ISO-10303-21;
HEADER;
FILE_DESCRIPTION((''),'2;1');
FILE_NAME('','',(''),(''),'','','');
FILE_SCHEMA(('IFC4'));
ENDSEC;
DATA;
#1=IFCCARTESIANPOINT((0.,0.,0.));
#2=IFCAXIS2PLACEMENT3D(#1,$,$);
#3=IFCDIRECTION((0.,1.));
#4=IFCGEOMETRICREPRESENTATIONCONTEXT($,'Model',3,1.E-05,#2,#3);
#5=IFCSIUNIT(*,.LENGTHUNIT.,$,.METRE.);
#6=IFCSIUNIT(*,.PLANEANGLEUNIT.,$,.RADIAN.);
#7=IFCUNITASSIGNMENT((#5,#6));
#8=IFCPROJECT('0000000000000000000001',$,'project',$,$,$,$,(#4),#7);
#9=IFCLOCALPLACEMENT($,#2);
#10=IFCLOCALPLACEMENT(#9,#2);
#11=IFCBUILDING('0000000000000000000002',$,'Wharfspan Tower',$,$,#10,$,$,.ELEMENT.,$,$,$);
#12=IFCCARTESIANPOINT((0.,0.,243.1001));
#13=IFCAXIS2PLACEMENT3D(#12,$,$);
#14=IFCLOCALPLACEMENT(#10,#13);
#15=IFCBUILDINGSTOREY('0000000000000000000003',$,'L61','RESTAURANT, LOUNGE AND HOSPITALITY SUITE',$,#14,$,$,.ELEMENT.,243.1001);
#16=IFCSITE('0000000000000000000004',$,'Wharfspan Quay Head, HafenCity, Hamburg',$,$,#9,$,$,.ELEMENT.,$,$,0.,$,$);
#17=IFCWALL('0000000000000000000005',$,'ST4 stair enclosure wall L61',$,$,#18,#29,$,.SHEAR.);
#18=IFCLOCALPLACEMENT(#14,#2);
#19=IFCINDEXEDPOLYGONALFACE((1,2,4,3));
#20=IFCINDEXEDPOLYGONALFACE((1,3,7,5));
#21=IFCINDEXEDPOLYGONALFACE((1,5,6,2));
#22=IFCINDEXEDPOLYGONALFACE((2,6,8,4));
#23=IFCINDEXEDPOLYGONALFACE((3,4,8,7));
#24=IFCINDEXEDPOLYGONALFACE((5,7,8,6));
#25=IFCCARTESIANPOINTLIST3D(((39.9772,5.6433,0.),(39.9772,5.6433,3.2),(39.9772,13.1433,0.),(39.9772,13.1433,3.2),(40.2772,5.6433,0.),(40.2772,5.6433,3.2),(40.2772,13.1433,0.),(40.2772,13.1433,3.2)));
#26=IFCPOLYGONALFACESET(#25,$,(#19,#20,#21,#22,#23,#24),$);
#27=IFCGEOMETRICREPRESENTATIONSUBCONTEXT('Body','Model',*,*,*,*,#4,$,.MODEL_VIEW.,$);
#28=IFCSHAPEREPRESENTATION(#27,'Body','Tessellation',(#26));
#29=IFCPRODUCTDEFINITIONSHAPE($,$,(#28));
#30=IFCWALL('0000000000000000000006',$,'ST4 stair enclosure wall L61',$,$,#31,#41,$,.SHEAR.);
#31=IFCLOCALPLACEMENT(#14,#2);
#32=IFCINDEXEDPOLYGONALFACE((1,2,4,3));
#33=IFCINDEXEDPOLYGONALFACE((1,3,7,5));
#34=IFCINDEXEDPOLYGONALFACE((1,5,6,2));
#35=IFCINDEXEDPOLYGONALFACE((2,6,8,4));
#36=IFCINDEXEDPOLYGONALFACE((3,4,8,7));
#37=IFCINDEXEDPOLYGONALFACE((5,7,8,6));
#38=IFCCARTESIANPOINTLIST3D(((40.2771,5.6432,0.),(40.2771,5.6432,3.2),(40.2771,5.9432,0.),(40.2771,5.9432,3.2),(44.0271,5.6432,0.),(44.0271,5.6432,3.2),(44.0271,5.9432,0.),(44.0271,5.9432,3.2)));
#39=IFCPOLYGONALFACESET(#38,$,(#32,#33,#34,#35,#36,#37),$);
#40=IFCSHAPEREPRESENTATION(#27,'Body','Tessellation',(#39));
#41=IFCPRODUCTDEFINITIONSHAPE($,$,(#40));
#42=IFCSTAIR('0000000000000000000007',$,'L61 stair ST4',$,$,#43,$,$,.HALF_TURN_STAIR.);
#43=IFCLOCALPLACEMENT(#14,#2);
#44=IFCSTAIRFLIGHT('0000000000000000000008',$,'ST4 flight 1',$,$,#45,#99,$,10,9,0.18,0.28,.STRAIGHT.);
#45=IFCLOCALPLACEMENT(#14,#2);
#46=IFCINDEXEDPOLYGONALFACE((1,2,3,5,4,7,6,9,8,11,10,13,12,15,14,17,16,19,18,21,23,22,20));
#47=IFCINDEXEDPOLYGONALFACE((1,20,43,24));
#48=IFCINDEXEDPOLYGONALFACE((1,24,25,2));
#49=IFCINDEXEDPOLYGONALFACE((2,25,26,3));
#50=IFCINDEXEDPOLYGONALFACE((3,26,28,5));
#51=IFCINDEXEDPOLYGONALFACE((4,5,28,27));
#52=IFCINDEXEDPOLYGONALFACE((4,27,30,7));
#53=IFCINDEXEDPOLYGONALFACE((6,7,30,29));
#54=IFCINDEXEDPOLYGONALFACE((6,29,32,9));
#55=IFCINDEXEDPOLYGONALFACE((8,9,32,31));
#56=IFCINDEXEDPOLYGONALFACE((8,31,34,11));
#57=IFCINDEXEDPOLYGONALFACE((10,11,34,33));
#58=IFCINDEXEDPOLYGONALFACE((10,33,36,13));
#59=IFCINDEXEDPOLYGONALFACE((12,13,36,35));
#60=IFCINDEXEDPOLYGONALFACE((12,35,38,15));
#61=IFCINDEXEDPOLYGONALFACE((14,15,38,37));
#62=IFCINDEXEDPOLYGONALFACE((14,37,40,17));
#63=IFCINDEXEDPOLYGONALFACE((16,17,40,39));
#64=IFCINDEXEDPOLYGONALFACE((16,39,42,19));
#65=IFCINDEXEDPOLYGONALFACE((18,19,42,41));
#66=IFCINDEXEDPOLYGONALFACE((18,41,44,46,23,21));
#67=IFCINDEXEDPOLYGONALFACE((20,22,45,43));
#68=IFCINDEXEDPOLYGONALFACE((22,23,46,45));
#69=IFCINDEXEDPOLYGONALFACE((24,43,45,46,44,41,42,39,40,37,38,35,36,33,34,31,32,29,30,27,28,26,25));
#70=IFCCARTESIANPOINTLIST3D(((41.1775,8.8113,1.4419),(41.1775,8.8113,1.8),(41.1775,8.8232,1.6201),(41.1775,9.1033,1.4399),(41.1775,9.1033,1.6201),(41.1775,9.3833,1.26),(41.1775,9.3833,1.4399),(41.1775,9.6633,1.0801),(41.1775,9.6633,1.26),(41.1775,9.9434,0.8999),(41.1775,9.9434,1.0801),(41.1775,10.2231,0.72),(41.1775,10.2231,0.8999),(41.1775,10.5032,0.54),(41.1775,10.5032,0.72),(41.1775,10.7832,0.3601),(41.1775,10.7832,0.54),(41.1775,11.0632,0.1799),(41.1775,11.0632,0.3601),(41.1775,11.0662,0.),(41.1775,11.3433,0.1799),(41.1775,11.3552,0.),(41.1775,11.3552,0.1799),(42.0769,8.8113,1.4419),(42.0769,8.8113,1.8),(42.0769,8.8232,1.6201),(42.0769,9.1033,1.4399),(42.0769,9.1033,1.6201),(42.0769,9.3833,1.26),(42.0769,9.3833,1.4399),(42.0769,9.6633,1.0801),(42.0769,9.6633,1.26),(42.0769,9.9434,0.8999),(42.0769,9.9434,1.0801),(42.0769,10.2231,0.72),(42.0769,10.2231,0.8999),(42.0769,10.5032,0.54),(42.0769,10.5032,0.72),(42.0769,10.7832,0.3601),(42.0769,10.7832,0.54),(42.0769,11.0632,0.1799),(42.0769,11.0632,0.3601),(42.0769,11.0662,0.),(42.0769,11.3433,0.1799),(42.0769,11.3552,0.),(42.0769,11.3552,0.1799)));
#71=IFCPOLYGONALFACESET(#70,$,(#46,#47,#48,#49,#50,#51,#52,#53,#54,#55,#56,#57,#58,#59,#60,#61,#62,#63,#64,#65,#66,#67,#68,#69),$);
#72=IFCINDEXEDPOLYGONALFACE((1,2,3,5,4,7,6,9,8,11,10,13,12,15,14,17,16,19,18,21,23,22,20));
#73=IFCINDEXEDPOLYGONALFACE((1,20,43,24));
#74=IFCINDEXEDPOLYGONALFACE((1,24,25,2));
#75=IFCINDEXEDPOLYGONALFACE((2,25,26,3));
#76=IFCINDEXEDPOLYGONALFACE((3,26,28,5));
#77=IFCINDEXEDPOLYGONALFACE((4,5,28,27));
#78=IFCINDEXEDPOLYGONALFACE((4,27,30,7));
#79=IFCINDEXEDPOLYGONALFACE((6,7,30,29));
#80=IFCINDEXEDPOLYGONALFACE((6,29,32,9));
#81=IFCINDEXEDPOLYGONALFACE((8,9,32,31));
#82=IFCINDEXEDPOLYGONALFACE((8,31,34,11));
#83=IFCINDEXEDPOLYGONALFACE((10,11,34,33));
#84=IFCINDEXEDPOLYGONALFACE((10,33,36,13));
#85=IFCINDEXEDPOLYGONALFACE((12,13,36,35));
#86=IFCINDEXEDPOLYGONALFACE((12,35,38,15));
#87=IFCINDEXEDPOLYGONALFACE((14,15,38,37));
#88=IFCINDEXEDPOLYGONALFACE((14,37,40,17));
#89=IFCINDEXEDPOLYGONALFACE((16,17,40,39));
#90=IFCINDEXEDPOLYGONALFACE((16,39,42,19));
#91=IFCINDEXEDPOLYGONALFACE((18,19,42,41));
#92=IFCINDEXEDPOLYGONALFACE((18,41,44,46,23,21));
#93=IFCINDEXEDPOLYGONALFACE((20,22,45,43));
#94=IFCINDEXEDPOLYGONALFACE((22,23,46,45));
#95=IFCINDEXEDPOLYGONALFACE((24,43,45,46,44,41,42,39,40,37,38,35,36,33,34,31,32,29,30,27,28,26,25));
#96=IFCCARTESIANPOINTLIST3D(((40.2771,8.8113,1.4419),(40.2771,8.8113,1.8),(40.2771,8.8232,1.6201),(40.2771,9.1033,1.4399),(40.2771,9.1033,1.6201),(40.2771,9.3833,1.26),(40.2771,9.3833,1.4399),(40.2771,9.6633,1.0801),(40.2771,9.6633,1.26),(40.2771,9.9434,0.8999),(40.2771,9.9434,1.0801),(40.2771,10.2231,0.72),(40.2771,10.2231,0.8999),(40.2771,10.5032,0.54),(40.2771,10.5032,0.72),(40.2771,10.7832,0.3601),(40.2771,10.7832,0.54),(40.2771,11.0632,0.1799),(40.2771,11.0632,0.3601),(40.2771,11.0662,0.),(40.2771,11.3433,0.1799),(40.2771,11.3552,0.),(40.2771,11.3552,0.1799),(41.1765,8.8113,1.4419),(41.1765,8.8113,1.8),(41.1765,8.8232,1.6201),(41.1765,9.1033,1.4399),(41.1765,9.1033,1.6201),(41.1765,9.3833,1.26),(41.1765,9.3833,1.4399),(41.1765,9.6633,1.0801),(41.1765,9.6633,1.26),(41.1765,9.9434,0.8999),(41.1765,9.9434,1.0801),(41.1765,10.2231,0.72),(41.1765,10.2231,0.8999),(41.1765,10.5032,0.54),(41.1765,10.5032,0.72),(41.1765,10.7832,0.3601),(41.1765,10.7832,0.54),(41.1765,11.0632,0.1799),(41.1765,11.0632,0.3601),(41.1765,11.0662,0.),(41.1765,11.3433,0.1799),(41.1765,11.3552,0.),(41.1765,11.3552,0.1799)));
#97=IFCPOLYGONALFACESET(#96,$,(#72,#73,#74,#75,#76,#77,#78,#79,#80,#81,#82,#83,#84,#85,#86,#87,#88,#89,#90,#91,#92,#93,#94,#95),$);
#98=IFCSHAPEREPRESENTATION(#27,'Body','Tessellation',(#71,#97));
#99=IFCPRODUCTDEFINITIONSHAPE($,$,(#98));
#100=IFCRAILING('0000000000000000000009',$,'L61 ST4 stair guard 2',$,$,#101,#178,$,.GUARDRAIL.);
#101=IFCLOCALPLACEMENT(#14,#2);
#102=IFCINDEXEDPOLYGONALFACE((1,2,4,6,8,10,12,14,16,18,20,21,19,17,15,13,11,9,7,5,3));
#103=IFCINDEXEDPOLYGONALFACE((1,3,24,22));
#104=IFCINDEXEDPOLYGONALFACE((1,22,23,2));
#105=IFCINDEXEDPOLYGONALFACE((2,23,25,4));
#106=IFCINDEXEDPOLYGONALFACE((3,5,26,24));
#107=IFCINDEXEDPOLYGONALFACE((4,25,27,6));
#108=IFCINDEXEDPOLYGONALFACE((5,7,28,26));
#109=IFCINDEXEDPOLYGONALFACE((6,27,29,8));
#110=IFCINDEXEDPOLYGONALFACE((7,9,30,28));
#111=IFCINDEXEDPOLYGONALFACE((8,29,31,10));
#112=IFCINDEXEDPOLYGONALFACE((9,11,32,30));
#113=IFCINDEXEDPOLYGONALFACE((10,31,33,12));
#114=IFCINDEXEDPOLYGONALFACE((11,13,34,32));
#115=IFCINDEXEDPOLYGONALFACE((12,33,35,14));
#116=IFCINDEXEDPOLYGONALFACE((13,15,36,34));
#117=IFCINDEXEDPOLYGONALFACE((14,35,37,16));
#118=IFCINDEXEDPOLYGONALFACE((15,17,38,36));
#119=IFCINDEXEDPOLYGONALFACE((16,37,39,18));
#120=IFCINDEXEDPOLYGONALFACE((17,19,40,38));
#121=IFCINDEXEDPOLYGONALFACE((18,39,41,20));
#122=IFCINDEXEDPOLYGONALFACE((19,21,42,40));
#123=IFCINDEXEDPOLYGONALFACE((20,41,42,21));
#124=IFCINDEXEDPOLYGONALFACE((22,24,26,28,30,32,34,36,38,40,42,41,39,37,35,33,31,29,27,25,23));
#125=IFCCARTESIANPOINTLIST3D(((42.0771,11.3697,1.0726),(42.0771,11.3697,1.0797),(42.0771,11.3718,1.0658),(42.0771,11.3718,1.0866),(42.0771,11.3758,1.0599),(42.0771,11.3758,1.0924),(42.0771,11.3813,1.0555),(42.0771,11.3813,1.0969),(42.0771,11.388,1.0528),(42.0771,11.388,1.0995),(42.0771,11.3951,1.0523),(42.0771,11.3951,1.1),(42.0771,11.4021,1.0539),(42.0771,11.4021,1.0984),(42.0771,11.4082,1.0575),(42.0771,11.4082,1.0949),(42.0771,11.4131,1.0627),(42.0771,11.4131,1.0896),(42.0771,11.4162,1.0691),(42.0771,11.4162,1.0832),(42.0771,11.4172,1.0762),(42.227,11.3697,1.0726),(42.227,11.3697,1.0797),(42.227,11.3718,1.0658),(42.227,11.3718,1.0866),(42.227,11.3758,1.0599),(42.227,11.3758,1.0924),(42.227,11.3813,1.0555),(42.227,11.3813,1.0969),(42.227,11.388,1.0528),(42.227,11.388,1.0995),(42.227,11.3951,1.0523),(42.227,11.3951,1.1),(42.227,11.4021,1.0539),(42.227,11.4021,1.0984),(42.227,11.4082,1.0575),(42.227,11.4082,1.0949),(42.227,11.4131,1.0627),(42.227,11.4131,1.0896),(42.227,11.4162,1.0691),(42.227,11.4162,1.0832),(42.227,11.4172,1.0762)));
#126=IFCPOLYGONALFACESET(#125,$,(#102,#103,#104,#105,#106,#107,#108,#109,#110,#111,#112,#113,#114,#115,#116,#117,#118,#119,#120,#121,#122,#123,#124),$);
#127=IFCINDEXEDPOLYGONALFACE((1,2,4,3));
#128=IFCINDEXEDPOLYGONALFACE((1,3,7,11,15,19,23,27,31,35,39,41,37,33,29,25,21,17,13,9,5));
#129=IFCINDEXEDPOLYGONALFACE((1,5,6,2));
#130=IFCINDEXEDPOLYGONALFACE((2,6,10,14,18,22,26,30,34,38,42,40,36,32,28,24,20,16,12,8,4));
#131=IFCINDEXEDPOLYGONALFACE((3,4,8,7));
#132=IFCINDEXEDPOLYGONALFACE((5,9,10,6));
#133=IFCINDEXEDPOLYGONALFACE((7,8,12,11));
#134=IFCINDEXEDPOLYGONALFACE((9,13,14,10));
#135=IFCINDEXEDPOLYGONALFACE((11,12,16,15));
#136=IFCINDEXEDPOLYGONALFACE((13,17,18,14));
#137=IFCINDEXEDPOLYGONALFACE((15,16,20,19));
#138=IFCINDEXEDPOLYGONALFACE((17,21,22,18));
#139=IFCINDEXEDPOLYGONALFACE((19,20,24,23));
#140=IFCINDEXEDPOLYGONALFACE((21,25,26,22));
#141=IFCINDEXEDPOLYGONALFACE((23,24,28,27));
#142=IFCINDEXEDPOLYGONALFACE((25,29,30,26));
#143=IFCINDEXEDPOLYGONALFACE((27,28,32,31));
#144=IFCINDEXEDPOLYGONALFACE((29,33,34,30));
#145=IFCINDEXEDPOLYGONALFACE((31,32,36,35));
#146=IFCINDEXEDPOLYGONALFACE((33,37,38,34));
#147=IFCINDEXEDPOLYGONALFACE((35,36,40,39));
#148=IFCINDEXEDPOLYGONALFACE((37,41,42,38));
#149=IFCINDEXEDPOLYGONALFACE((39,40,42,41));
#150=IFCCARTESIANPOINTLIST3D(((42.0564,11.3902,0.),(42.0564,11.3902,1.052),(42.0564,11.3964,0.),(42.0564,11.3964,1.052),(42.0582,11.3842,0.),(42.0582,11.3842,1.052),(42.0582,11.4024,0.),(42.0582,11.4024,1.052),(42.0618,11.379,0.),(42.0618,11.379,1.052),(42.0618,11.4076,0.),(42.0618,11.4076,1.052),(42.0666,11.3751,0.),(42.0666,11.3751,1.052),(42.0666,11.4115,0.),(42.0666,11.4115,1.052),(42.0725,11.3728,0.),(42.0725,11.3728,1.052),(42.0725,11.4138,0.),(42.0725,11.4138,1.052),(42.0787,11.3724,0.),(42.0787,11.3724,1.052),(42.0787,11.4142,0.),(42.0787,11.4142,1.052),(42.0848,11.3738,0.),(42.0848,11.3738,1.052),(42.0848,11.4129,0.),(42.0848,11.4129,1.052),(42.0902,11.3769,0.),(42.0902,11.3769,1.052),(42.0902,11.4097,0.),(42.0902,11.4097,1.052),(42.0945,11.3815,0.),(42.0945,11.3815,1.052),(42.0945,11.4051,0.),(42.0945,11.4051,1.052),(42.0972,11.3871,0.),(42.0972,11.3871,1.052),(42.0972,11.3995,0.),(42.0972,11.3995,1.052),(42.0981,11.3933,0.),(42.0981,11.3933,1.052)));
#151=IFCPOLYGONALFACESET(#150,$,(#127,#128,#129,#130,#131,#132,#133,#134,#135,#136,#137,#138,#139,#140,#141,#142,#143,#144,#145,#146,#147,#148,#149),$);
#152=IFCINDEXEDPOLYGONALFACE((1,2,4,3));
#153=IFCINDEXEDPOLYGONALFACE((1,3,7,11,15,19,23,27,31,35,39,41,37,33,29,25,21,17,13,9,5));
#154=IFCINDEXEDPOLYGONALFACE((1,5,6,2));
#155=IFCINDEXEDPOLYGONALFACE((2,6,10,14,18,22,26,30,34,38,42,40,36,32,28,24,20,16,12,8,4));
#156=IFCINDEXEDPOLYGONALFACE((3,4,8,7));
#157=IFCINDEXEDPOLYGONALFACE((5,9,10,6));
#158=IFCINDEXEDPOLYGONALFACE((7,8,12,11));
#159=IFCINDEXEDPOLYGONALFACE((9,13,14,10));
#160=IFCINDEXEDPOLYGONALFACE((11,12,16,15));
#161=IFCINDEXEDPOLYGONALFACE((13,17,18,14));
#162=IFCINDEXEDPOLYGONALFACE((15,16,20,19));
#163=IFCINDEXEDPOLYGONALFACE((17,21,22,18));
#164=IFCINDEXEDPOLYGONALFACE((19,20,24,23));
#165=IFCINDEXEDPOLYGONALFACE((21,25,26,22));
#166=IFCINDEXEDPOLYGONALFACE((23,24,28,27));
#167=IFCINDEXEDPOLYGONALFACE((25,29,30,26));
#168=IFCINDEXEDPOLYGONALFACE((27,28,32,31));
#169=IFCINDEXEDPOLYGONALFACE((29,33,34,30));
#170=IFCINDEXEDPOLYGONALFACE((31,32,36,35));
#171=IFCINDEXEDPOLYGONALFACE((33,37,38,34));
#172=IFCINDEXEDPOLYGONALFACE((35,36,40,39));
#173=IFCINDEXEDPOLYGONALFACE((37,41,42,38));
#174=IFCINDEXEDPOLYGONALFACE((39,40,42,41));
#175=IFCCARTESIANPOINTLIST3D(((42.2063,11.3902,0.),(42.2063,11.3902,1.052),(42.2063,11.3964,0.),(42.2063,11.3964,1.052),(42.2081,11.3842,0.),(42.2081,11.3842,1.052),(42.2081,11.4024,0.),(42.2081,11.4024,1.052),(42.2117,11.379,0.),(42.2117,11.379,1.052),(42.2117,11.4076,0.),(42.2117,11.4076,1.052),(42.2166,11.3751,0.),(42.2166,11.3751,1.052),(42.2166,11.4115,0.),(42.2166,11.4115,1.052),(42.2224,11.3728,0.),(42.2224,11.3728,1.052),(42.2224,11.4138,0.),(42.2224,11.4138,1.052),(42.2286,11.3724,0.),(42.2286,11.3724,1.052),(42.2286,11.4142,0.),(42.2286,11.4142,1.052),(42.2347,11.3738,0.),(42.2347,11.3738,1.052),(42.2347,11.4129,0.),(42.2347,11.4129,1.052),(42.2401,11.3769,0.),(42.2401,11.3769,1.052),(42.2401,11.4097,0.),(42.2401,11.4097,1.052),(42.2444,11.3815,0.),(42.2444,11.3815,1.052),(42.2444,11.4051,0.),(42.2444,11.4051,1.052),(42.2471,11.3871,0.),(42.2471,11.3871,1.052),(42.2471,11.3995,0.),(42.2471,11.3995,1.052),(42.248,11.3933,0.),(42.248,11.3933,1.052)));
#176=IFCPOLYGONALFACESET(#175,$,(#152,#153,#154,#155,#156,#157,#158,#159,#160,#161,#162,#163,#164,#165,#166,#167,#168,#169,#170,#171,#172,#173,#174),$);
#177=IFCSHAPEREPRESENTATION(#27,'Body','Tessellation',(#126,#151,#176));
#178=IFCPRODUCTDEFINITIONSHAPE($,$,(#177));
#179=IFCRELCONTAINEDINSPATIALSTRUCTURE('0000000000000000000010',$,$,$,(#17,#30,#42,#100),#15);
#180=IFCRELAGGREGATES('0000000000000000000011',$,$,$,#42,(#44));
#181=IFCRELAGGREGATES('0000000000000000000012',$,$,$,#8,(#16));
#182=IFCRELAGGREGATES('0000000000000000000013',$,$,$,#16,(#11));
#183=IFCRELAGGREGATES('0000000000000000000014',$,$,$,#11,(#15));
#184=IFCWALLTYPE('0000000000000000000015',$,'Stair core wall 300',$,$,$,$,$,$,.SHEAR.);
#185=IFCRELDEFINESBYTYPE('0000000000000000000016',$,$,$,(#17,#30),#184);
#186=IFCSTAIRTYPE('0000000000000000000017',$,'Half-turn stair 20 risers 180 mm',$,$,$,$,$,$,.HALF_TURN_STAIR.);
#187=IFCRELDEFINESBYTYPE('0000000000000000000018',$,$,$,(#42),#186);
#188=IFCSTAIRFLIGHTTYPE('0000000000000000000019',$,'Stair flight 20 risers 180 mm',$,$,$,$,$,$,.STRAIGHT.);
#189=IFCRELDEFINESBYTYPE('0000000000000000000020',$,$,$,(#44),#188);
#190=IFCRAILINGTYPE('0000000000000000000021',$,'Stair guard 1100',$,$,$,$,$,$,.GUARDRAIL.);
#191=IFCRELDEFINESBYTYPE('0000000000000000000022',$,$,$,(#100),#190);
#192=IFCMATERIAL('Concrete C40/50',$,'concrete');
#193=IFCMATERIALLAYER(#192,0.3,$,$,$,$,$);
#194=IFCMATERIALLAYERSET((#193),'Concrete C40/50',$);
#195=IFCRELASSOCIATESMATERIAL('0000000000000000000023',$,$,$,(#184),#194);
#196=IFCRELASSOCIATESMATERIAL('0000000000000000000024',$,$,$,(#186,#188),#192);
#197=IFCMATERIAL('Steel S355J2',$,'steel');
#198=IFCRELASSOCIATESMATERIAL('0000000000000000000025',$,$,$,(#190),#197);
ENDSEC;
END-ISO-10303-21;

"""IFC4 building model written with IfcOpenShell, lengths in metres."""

from ifc_helpers import new_model, si_unit, direction, frame, frame_2d, origin, origin_2d, place, context, subcontext, project, spatial, polyline, rectangle, circle, outline, extrude, material, layer, layer_set, type_object, element, aggregate, save


model = new_model("IFC4")

# Units and contexts
model_context = context("Model", 3, precision=1e-05, world=origin(), true_north=direction((0.0, 1.0)))
body_context = subcontext(model_context, "Body", "Model", "MODEL_VIEW")
ifc_project = project(units=[si_unit("LENGTHUNIT", "METRE"), si_unit("PLANEANGLEUNIT", "RADIAN")], contexts=[model_context])

# Site, building, storey
site_placement = place(None, origin())
site = spatial("IfcSite", under=ifc_project, at=site_placement, Name="Wharfspan Quay Head, HafenCity, Hamburg", CompositionType="ELEMENT", RefElevation=0.0)
building_placement = place(site_placement, origin())
building = spatial("IfcBuilding", under=site, at=building_placement, Name="Wharfspan Tower", CompositionType="ELEMENT")
storey_placement = place(building_placement, frame((0.0, 0.0, 243.1001)))
storey = spatial("IfcBuildingStorey", under=building, at=storey_placement, Name="L61", Description="RESTAURANT, LOUNGE AND HOSPITALITY SUITE", CompositionType="ELEMENT", Elevation=243.1001)

# Shared definitions
ifc_material_1 = material(Name="Steel S355J2", Category="steel")

# Shared definitions
ifc_material_2 = material(Name="Concrete C40/50", Category="concrete")

# Shared definitions
ifc_layer_1 = layer(ifc_material_2, 0.3)
ifc_layer_set_1 = layer_set([ifc_layer_1], Name="Concrete C40/50")
wall_type_1 = type_object("IfcWallType", Name="Stair core wall 300", PredefinedType="SHEAR", material=ifc_layer_set_1)

# Walls
wall_1_placement = place(storey_placement, frame((40.1272, 5.6433, 0.0), z_axis=(0.0, 0.0, 1.0), x_axis=(0.0, 1.0, 0.0)))
element("IfcWall", 1, at=wall_1_placement, inside=storey, type_object=wall_type_1, Name="ST4 stair enclosure wall L61", PredefinedType="SHEAR", context=body_context, shape_type="SweptSolid", body=[
    extrude(rectangle(XDim=7.5, YDim=0.3, at=frame_2d((3.75, 0.0))), origin(), (0.0, 0.0, 1.0), 3.2),
])
wall_2_placement = place(storey_placement, frame((40.2771, 5.7932, 0.0), z_axis=(0.0, 0.0, 1.0), x_axis=(1.0, 0.0, 0.0)))
element("IfcWall", 2, at=wall_2_placement, inside=storey, type_object=wall_type_1, Name="ST4 stair enclosure wall L61", PredefinedType="SHEAR", context=body_context, shape_type="SweptSolid", body=[
    extrude(rectangle(XDim=3.75, YDim=0.3, at=frame_2d((1.875, 0.0))), origin(), (0.0, 0.0, 1.0), 3.2),
])

# Stair, stair flight
stair_type = type_object("IfcStairType", Name="Half-turn stair 20 risers 180 mm", PredefinedType="HALF_TURN_STAIR", material=ifc_material_2)
stair_placement = place(storey_placement, origin())
stair = element("IfcStair", 3, at=stair_placement, inside=storey, type_object=stair_type, Name="L61 stair ST4", PredefinedType="HALF_TURN_STAIR")
stair_flight_type = type_object("IfcStairFlightType", Name="Stair flight 20 risers 180 mm", PredefinedType="STRAIGHT", material=ifc_material_2)
stair_flight_placement = place(storey_placement, frame((41.177, 11.3433, 0.0), z_axis=(0.0, 0.0, 1.0), x_axis=(0.0, -1.0, 0.0)))
stair_flight = element("IfcStairFlight", 4, at=stair_flight_placement, type_object=stair_flight_type, Name="ST4 flight 1", NumberOfRisers=10, NumberOfTreads=9, PredefinedType="STRAIGHT", RiserHeight=0.18, TreadLength=0.28, context=body_context, shape_type="SweptSolid", body=[
    extrude(outline(polyline([(-0.012, 0.0), (-0.012, 0.1799), (0.0, 0.1799), (0.28, 0.1799), (0.28, 0.3601), (0.5601, 0.3601), (0.5601, 0.54), (0.8401, 0.54), (0.8401, 0.72), (1.1201, 0.72), (1.1201, 0.8999), (1.3999, 0.8999), (1.3999, 1.0801), (1.6799, 1.0801), (1.6799, 1.26), (1.96, 1.26), (1.96, 1.4399), (2.24, 1.4399), (2.24, 1.6201), (2.52, 1.6201), (2.532, 1.8), (2.532, 1.4419), (0.2771, 0.0), (-0.012, 0.0)])), frame((0.0, 0.8999, 0.0), z_axis=(0.0, -1.0, 0.0), x_axis=(1.0, 0.0, 0.0)), (0.0, 0.0, 1.0), 0.8994),
    extrude(outline(polyline([(-0.012, 0.0), (-0.012, 0.1799), (0.0, 0.1799), (0.28, 0.1799), (0.28, 0.3601), (0.5601, 0.3601), (0.5601, 0.54), (0.8401, 0.54), (0.8401, 0.72), (1.1201, 0.72), (1.1201, 0.8999), (1.3999, 0.8999), (1.3999, 1.0801), (1.6799, 1.0801), (1.6799, 1.26), (1.96, 1.26), (1.96, 1.4399), (2.24, 1.4399), (2.24, 1.6201), (2.52, 1.6201), (2.532, 1.8), (2.532, 1.4419), (0.2771, 0.0), (-0.012, 0.0)])), frame((0.0, -0.0005, 0.0), z_axis=(0.0, -1.0, 0.0), x_axis=(1.0, 0.0, 0.0)), (0.0, 0.0, 1.0), 0.8994),
])
aggregate(stair, [stair_flight])

# Railing
railing_type_1 = type_object("IfcRailingType", Name="Stair guard 1100", PredefinedType="GUARDRAIL", material=ifc_material_1)
railing_1_placement = place(storey_placement, frame((42.0771, 11.3933, 0.0)))
element("IfcRailing", 5, at=railing_1_placement, inside=storey, type_object=railing_type_1, Name="L61 ST4 stair guard 2", PredefinedType="GUARDRAIL", context=body_context, shape_type="SweptSolid", body=[
    extrude(circle(Radius=0.0239, at=origin_2d()), frame((0.0, 0.0, 1.0762), z_axis=(1.0, 0.0, 0.0), x_axis=(0.0, 1.0, 0.0)), (0.0, 0.0, 1.0), 0.1499),
    extrude(circle(Radius=0.021, at=origin_2d()), origin(), (0.0, 0.0, 1.0), 1.052),
    extrude(circle(Radius=0.021, at=origin_2d()), frame((0.1499, 0.0, 0.0)), (0.0, 0.0, 1.0), 1.052),
])

save(model, "model.ifc")
